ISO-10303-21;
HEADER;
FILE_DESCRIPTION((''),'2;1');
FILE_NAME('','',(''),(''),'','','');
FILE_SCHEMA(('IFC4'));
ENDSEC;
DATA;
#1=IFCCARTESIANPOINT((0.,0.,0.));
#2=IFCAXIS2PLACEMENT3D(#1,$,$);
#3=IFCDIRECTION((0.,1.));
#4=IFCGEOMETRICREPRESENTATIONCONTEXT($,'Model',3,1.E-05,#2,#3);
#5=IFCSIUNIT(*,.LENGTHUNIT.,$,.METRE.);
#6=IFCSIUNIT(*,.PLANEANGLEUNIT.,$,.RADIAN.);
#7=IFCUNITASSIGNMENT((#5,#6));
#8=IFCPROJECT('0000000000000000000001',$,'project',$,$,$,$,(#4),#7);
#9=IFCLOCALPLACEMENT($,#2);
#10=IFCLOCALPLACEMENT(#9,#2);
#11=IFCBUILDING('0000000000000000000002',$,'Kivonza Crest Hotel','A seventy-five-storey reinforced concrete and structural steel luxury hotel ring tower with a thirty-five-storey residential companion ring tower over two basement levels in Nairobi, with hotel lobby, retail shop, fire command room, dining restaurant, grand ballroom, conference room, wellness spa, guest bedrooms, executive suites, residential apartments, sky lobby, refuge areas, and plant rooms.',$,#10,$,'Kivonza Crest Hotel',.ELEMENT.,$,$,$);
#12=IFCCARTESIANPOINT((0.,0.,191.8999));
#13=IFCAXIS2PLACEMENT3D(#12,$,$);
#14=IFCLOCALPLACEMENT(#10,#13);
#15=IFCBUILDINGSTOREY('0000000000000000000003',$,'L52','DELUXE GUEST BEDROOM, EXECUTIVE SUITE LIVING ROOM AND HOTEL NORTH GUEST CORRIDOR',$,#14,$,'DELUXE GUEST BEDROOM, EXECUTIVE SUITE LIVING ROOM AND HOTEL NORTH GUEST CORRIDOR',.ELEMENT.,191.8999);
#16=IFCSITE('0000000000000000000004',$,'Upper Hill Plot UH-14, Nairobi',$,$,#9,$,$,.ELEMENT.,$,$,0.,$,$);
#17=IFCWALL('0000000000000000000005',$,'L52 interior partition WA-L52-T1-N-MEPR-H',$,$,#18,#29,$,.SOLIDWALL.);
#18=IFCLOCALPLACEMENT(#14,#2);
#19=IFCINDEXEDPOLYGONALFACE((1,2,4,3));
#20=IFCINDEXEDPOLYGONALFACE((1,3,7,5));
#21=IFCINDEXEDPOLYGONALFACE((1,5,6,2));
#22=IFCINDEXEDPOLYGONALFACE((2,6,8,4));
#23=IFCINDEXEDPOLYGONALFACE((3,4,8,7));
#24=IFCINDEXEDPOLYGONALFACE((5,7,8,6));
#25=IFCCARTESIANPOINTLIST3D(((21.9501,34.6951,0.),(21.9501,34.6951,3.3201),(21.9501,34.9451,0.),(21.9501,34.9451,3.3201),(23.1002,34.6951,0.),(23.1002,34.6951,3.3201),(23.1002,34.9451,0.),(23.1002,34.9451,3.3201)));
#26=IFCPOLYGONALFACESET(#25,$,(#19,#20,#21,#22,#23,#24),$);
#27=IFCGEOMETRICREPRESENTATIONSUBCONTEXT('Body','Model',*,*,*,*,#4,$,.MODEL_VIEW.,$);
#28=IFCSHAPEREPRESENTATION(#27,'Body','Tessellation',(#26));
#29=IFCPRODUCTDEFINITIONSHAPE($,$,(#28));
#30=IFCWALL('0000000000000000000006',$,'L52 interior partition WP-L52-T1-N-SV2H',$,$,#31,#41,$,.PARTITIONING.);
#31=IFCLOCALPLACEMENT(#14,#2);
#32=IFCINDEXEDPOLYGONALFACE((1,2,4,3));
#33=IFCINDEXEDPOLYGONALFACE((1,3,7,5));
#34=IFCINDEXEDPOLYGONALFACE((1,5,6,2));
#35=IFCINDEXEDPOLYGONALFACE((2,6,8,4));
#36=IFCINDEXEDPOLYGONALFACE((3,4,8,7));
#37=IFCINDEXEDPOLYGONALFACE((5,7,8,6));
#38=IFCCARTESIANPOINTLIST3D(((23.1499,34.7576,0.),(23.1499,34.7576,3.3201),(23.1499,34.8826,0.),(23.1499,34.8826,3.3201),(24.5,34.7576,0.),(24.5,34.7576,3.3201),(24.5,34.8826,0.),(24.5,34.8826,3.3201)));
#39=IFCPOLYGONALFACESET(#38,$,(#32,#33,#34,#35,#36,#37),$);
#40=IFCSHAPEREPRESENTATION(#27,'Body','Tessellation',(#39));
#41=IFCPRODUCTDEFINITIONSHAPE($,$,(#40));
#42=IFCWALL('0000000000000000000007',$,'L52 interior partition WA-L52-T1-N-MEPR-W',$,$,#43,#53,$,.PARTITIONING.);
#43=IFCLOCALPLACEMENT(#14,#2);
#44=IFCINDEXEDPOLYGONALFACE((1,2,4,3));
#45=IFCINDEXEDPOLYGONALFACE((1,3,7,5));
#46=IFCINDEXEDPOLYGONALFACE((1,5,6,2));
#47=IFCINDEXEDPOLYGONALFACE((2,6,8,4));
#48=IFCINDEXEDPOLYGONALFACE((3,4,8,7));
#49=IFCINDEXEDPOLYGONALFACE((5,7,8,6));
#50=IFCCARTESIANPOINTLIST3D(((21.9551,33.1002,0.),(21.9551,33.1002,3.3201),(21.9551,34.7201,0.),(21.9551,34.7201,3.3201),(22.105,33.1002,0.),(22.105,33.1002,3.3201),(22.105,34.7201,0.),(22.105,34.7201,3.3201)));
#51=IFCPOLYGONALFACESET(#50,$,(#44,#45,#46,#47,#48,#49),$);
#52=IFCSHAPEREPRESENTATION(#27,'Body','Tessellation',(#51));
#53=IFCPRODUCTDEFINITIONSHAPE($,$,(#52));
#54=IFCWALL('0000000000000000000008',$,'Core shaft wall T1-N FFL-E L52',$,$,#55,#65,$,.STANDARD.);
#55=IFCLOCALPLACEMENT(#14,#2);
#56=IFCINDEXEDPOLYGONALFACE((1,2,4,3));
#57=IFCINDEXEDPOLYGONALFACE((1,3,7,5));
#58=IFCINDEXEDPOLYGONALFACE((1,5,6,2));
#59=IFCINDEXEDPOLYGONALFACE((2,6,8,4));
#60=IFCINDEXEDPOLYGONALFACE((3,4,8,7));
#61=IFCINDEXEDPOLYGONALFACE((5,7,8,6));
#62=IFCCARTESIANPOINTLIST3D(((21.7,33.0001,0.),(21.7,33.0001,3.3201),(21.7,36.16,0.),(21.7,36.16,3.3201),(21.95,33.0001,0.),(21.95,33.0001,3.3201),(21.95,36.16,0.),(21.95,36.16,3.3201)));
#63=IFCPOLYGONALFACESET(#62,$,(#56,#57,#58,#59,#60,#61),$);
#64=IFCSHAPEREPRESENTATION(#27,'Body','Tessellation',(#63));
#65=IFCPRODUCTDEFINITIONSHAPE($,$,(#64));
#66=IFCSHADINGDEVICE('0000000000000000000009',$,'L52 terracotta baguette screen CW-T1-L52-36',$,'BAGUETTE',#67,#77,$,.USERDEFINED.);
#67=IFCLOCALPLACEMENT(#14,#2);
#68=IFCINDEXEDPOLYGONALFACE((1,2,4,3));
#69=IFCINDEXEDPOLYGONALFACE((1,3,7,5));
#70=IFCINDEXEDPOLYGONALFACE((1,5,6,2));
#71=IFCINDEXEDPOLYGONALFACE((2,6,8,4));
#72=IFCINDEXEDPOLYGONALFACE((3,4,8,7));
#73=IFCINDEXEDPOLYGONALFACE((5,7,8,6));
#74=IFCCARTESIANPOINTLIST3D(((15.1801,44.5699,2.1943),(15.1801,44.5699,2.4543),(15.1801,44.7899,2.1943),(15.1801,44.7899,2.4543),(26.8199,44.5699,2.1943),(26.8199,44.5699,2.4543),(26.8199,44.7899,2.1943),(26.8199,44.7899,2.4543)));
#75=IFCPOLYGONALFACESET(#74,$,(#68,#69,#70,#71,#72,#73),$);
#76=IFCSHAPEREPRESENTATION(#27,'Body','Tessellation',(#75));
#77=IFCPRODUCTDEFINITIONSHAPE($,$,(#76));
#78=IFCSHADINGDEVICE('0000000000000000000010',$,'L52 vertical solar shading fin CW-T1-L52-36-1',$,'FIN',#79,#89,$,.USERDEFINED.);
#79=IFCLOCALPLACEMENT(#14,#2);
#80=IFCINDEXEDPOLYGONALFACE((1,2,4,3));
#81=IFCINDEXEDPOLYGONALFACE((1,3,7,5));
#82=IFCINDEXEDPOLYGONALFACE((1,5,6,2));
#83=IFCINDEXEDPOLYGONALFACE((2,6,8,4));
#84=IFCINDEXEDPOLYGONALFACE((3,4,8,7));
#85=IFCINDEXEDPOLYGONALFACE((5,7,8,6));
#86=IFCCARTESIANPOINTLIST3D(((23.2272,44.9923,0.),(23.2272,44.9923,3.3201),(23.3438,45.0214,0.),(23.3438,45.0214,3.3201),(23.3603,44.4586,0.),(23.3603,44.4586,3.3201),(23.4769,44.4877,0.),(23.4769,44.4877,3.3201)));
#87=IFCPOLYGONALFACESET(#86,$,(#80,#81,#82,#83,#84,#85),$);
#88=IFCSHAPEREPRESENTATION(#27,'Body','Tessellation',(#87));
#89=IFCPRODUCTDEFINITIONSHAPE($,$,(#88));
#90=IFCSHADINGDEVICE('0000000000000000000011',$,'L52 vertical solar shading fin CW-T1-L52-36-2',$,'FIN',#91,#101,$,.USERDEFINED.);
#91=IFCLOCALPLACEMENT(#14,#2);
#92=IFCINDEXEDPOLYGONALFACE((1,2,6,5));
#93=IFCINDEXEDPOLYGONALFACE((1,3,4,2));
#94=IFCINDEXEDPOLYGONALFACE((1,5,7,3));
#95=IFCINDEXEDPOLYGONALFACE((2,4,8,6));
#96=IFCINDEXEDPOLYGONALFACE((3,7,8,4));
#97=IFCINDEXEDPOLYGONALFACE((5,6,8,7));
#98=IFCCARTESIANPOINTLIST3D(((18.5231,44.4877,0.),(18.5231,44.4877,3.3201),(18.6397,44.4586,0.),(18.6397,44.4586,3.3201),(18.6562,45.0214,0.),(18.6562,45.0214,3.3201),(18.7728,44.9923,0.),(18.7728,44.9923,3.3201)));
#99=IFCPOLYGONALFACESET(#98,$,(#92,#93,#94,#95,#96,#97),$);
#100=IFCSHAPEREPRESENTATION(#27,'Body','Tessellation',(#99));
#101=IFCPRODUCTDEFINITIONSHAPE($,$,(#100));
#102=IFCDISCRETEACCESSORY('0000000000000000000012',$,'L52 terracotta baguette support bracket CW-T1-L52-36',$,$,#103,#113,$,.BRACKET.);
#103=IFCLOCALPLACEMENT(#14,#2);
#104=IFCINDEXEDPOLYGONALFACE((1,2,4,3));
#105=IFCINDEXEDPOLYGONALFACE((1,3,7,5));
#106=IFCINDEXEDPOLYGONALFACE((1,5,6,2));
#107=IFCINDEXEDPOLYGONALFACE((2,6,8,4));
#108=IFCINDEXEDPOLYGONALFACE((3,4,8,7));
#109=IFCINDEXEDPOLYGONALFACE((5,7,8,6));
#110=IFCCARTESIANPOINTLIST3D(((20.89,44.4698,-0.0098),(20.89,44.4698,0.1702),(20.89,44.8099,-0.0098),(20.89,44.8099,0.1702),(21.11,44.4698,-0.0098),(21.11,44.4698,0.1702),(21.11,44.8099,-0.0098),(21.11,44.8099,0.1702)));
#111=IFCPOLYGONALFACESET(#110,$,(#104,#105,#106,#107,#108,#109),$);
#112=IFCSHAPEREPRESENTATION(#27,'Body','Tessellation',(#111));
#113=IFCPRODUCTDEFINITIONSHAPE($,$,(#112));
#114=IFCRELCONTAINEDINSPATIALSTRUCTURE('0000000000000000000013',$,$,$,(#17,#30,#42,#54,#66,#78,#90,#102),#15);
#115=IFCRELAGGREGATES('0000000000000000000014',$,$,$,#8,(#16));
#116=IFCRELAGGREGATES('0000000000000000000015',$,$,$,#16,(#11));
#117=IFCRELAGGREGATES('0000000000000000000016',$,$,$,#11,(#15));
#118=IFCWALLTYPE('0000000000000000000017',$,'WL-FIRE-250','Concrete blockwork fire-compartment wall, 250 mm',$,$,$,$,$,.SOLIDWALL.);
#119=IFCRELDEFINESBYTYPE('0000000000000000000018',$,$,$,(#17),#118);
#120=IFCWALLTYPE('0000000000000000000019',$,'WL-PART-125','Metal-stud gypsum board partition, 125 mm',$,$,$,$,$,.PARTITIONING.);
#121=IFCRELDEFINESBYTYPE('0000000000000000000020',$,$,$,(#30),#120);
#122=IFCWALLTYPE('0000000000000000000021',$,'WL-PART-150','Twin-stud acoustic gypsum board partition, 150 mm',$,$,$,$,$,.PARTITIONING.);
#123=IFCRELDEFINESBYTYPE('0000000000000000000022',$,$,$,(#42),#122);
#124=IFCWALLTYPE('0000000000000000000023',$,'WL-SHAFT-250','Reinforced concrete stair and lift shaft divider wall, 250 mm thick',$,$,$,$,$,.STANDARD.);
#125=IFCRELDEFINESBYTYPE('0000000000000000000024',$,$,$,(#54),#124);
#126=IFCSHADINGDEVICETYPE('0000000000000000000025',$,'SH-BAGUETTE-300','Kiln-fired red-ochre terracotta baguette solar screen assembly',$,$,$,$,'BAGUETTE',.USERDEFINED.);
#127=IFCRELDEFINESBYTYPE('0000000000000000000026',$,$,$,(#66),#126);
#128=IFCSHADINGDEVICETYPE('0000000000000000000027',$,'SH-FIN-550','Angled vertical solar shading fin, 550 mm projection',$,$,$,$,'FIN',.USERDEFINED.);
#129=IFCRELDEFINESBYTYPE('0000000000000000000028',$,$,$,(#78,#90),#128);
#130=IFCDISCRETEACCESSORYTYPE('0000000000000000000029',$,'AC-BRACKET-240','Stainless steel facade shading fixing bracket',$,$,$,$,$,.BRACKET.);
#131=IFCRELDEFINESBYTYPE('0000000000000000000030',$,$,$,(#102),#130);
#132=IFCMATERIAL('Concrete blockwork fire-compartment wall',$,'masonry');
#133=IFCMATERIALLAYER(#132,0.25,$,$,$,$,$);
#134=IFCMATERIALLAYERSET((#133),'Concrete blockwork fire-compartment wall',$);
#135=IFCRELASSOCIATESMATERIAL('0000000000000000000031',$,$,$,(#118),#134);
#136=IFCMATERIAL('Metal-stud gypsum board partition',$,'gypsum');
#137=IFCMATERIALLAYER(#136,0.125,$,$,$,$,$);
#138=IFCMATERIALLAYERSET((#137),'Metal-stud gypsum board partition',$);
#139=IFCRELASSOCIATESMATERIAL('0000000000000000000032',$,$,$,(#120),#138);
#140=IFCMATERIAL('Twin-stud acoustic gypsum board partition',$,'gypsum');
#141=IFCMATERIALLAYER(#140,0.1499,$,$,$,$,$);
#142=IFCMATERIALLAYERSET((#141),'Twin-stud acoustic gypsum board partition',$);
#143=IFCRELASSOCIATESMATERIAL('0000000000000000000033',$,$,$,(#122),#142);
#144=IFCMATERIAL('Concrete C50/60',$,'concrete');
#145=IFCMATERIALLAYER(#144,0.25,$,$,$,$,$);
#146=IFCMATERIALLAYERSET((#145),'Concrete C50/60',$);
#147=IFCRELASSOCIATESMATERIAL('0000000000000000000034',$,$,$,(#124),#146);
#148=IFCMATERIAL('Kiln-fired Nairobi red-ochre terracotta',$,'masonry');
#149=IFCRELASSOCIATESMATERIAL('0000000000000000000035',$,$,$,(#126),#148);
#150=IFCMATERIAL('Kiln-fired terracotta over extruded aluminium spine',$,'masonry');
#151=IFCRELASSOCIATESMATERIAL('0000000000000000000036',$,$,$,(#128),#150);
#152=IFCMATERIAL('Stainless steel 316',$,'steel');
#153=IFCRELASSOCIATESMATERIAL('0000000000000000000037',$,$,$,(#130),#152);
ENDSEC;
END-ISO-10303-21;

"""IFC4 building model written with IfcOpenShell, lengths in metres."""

from ifc_helpers import new_model, si_unit, direction, frame, frame_2d, origin, origin_2d, place, context, subcontext, project, spatial, rectangle, extrude, material, layer, layer_set, type_object, element, save


model = new_model("IFC4")

# Units and contexts
model_context = context("Model", 3, precision=1e-05, world=origin(), true_north=direction((0.0, 1.0)))
body_context = subcontext(model_context, "Body", "Model", "MODEL_VIEW")
ifc_project = project(units=[si_unit("LENGTHUNIT", "METRE"), si_unit("PLANEANGLEUNIT", "RADIAN")], contexts=[model_context])

# Site, building, storey
site_placement = place(None, origin())
site = spatial("IfcSite", under=ifc_project, at=site_placement, Name="Upper Hill Plot UH-14, Nairobi", CompositionType="ELEMENT", RefElevation=0.0)
building_placement = place(site_placement, origin())
building = spatial("IfcBuilding", under=site, at=building_placement, Name="Kivonza Crest Hotel", Description="A seventy-five-storey reinforced concrete and structural steel luxury hotel ring tower with a thirty-five-storey residential companion ring tower over two basement levels in Nairobi, with hotel lobby, retail shop, fire command room, dining restaurant, grand ballroom, conference room, wellness spa, guest bedrooms, executive suites, residential apartments, sky lobby, refuge areas, and plant rooms.", LongName="Kivonza Crest Hotel", CompositionType="ELEMENT")
storey_placement = place(building_placement, frame((0.0, 0.0, 191.8999)))
storey = spatial("IfcBuildingStorey", under=building, at=storey_placement, Name="L52", Description="DELUXE GUEST BEDROOM, EXECUTIVE SUITE LIVING ROOM AND HOTEL NORTH GUEST CORRIDOR", LongName="DELUXE GUEST BEDROOM, EXECUTIVE SUITE LIVING ROOM AND HOTEL NORTH GUEST CORRIDOR", CompositionType="ELEMENT", Elevation=191.8999)

# Shared definitions
ifc_material_1 = material(Name="Concrete C50/60", Category="concrete")

# Walls
ifc_material_2 = material(Name="Concrete blockwork fire-compartment wall", Category="masonry")
ifc_layer_1 = layer(ifc_material_2, 0.25)
ifc_layer_set_1 = layer_set([ifc_layer_1], Name="Concrete blockwork fire-compartment wall")
wall_type_1 = type_object("IfcWallType", Name="WL-FIRE-250", Description="Concrete blockwork fire-compartment wall, 250 mm", PredefinedType="SOLIDWALL", material=ifc_layer_set_1)
wall_1_placement = place(storey_placement, frame((21.95, 34.8201, 0.0), z_axis=(0.0, 0.0, 1.0), x_axis=(1.0, 0.0, 0.0)))
element("IfcWall", 1, at=wall_1_placement, inside=storey, type_object=wall_type_1, Name="L52 interior partition WA-L52-T1-N-MEPR-H", PredefinedType="SOLIDWALL", context=body_context, shape_type="SweptSolid", body=[
    extrude(rectangle(XDim=1.1501, YDim=0.25, at=frame_2d((0.5752, 0.0))), origin(), (0.0, 0.0, 1.0), 3.3201),
])
ifc_material_3 = material(Name="Metal-stud gypsum board partition", Category="gypsum")
ifc_layer_2 = layer(ifc_material_3, 0.125)
ifc_layer_set_2 = layer_set([ifc_layer_2], Name="Metal-stud gypsum board partition")
wall_type_2 = type_object("IfcWallType", Name="WL-PART-125", Description="Metal-stud gypsum board partition, 125 mm", PredefinedType="PARTITIONING", material=ifc_layer_set_2)
wall_2_placement = place(storey_placement, frame((23.1499, 34.8201, 0.0), z_axis=(0.0, 0.0, 1.0), x_axis=(1.0, 0.0, 0.0)))
element("IfcWall", 2, at=wall_2_placement, inside=storey, type_object=wall_type_2, Name="L52 interior partition WP-L52-T1-N-SV2H", PredefinedType="PARTITIONING", context=body_context, shape_type="SweptSolid", body=[
    extrude(rectangle(XDim=1.3501, YDim=0.125, at=frame_2d((0.675, 0.0))), origin(), (0.0, 0.0, 1.0), 3.3201),
])
ifc_material_4 = material(Name="Twin-stud acoustic gypsum board partition", Category="gypsum")
ifc_layer_3 = layer(ifc_material_4, 0.1499)
ifc_layer_set_3 = layer_set([ifc_layer_3], Name="Twin-stud acoustic gypsum board partition")
wall_type_3 = type_object("IfcWallType", Name="WL-PART-150", Description="Twin-stud acoustic gypsum board partition, 150 mm", PredefinedType="PARTITIONING", material=ifc_layer_set_3)
wall_3_placement = place(storey_placement, frame((22.03, 33.1001, 0.0), z_axis=(0.0, 0.0, 1.0), x_axis=(0.0, 1.0, 0.0)))
element("IfcWall", 3, at=wall_3_placement, inside=storey, type_object=wall_type_3, Name="L52 interior partition WA-L52-T1-N-MEPR-W", PredefinedType="PARTITIONING", context=body_context, shape_type="SweptSolid", body=[
    extrude(rectangle(XDim=1.6199, YDim=0.1499, at=frame_2d((0.8101, 0.0))), origin(), (0.0, 0.0, 1.0), 3.3201),
])

# Shared definitions
ifc_layer_4 = layer(ifc_material_1, 0.25)
ifc_layer_set_4 = layer_set([ifc_layer_4], Name="Concrete C50/60")
wall_type_4 = type_object("IfcWallType", Name="WL-SHAFT-250", Description="Reinforced concrete stair and lift shaft divider wall, 250 mm thick", PredefinedType="STANDARD", material=ifc_layer_set_4)

# Wall
wall_4_placement = place(storey_placement, frame((21.825, 33.0, 0.0), z_axis=(0.0, 0.0, 1.0), x_axis=(0.0, 1.0, 0.0)))
element("IfcWall", 4, at=wall_4_placement, inside=storey, type_object=wall_type_4, Name="Core shaft wall T1-N FFL-E L52", PredefinedType="STANDARD", context=body_context, shape_type="SweptSolid", body=[
    extrude(rectangle(XDim=3.1599, YDim=0.25, at=frame_2d((1.5801, 0.0))), origin(), (0.0, 0.0, 1.0), 3.3201),
])

# Shading devices
ifc_material_5 = material(Name="Kiln-fired Nairobi red-ochre terracotta", Category="masonry")
shading_device_type_1 = type_object("IfcShadingDeviceType", Name="SH-BAGUETTE-300", Description="Kiln-fired red-ochre terracotta baguette solar screen assembly", ElementType="BAGUETTE", PredefinedType="USERDEFINED", material=ifc_material_5)
shading_device_placement = place(storey_placement, frame((21.0, 44.6799, 2.1943), z_axis=(0.0, 0.0, 1.0), x_axis=(-1.0, 0.0, 0.0)))
element("IfcShadingDevice", 5, at=shading_device_placement, inside=storey, type_object=shading_device_type_1, Name="L52 terracotta baguette screen CW-T1-L52-36", ObjectType="BAGUETTE", PredefinedType="USERDEFINED", context=body_context, shape_type="SweptSolid", body=[
    extrude(rectangle(XDim=11.6399, YDim=0.22, at=origin_2d()), origin(), (0.0, 0.0, 1.0), 0.26),
])
ifc_material_6 = material(Name="Kiln-fired terracotta over extruded aluminium spine", Category="masonry")
shading_device_type_2 = type_object("IfcShadingDeviceType", Name="SH-FIN-550", Description="Angled vertical solar shading fin, 550 mm projection", ElementType="FIN", PredefinedType="USERDEFINED", material=ifc_material_6)
for number, where, z_axis, x_axis, name in (
    (6, (23.3521, 44.74, 0.0), (0.0, 0.0, 1.0), (-0.970296, -0.241922, 0.0), "L52 vertical solar shading fin CW-T1-L52-36-1"),
    (7, (18.6479, 44.74, 0.0), (0.0, 0.0, 1.0), (-0.970296, 0.241922, 0.0), "L52 vertical solar shading fin CW-T1-L52-36-2"),
):
    element("IfcShadingDevice", number, at=place(storey_placement, frame(where, z_axis=z_axis, x_axis=x_axis)), inside=storey, type_object=shading_device_type_2, Name=name, ObjectType="FIN", PredefinedType="USERDEFINED", context=body_context, shape_type="SweptSolid", body=[
        extrude(rectangle(XDim=0.1201, YDim=0.55, at=origin_2d()), origin(), (0.0, 0.0, 1.0), 3.3201),
    ])

# Discrete accessory
ifc_material_7 = material(Name="Stainless steel 316", Category="steel")
discrete_accessory_type = type_object("IfcDiscreteAccessoryType", Name="AC-BRACKET-240", Description="Stainless steel facade shading fixing bracket", PredefinedType="BRACKET", material=ifc_material_7)
discrete_accessory_placement = place(storey_placement, frame((21.0, 44.6399, -0.0098), z_axis=(0.0, 0.0, 1.0), x_axis=(-1.0, 0.0, 0.0)))
element("IfcDiscreteAccessory", 8, at=discrete_accessory_placement, inside=storey, type_object=discrete_accessory_type, Name="L52 terracotta baguette support bracket CW-T1-L52-36", PredefinedType="BRACKET", context=body_context, shape_type="SweptSolid", body=[
    extrude(rectangle(XDim=0.22, YDim=0.3401, at=origin_2d()), origin(), (0.0, 0.0, 1.0), 0.1799),
])

save(model, "model.ifc")
